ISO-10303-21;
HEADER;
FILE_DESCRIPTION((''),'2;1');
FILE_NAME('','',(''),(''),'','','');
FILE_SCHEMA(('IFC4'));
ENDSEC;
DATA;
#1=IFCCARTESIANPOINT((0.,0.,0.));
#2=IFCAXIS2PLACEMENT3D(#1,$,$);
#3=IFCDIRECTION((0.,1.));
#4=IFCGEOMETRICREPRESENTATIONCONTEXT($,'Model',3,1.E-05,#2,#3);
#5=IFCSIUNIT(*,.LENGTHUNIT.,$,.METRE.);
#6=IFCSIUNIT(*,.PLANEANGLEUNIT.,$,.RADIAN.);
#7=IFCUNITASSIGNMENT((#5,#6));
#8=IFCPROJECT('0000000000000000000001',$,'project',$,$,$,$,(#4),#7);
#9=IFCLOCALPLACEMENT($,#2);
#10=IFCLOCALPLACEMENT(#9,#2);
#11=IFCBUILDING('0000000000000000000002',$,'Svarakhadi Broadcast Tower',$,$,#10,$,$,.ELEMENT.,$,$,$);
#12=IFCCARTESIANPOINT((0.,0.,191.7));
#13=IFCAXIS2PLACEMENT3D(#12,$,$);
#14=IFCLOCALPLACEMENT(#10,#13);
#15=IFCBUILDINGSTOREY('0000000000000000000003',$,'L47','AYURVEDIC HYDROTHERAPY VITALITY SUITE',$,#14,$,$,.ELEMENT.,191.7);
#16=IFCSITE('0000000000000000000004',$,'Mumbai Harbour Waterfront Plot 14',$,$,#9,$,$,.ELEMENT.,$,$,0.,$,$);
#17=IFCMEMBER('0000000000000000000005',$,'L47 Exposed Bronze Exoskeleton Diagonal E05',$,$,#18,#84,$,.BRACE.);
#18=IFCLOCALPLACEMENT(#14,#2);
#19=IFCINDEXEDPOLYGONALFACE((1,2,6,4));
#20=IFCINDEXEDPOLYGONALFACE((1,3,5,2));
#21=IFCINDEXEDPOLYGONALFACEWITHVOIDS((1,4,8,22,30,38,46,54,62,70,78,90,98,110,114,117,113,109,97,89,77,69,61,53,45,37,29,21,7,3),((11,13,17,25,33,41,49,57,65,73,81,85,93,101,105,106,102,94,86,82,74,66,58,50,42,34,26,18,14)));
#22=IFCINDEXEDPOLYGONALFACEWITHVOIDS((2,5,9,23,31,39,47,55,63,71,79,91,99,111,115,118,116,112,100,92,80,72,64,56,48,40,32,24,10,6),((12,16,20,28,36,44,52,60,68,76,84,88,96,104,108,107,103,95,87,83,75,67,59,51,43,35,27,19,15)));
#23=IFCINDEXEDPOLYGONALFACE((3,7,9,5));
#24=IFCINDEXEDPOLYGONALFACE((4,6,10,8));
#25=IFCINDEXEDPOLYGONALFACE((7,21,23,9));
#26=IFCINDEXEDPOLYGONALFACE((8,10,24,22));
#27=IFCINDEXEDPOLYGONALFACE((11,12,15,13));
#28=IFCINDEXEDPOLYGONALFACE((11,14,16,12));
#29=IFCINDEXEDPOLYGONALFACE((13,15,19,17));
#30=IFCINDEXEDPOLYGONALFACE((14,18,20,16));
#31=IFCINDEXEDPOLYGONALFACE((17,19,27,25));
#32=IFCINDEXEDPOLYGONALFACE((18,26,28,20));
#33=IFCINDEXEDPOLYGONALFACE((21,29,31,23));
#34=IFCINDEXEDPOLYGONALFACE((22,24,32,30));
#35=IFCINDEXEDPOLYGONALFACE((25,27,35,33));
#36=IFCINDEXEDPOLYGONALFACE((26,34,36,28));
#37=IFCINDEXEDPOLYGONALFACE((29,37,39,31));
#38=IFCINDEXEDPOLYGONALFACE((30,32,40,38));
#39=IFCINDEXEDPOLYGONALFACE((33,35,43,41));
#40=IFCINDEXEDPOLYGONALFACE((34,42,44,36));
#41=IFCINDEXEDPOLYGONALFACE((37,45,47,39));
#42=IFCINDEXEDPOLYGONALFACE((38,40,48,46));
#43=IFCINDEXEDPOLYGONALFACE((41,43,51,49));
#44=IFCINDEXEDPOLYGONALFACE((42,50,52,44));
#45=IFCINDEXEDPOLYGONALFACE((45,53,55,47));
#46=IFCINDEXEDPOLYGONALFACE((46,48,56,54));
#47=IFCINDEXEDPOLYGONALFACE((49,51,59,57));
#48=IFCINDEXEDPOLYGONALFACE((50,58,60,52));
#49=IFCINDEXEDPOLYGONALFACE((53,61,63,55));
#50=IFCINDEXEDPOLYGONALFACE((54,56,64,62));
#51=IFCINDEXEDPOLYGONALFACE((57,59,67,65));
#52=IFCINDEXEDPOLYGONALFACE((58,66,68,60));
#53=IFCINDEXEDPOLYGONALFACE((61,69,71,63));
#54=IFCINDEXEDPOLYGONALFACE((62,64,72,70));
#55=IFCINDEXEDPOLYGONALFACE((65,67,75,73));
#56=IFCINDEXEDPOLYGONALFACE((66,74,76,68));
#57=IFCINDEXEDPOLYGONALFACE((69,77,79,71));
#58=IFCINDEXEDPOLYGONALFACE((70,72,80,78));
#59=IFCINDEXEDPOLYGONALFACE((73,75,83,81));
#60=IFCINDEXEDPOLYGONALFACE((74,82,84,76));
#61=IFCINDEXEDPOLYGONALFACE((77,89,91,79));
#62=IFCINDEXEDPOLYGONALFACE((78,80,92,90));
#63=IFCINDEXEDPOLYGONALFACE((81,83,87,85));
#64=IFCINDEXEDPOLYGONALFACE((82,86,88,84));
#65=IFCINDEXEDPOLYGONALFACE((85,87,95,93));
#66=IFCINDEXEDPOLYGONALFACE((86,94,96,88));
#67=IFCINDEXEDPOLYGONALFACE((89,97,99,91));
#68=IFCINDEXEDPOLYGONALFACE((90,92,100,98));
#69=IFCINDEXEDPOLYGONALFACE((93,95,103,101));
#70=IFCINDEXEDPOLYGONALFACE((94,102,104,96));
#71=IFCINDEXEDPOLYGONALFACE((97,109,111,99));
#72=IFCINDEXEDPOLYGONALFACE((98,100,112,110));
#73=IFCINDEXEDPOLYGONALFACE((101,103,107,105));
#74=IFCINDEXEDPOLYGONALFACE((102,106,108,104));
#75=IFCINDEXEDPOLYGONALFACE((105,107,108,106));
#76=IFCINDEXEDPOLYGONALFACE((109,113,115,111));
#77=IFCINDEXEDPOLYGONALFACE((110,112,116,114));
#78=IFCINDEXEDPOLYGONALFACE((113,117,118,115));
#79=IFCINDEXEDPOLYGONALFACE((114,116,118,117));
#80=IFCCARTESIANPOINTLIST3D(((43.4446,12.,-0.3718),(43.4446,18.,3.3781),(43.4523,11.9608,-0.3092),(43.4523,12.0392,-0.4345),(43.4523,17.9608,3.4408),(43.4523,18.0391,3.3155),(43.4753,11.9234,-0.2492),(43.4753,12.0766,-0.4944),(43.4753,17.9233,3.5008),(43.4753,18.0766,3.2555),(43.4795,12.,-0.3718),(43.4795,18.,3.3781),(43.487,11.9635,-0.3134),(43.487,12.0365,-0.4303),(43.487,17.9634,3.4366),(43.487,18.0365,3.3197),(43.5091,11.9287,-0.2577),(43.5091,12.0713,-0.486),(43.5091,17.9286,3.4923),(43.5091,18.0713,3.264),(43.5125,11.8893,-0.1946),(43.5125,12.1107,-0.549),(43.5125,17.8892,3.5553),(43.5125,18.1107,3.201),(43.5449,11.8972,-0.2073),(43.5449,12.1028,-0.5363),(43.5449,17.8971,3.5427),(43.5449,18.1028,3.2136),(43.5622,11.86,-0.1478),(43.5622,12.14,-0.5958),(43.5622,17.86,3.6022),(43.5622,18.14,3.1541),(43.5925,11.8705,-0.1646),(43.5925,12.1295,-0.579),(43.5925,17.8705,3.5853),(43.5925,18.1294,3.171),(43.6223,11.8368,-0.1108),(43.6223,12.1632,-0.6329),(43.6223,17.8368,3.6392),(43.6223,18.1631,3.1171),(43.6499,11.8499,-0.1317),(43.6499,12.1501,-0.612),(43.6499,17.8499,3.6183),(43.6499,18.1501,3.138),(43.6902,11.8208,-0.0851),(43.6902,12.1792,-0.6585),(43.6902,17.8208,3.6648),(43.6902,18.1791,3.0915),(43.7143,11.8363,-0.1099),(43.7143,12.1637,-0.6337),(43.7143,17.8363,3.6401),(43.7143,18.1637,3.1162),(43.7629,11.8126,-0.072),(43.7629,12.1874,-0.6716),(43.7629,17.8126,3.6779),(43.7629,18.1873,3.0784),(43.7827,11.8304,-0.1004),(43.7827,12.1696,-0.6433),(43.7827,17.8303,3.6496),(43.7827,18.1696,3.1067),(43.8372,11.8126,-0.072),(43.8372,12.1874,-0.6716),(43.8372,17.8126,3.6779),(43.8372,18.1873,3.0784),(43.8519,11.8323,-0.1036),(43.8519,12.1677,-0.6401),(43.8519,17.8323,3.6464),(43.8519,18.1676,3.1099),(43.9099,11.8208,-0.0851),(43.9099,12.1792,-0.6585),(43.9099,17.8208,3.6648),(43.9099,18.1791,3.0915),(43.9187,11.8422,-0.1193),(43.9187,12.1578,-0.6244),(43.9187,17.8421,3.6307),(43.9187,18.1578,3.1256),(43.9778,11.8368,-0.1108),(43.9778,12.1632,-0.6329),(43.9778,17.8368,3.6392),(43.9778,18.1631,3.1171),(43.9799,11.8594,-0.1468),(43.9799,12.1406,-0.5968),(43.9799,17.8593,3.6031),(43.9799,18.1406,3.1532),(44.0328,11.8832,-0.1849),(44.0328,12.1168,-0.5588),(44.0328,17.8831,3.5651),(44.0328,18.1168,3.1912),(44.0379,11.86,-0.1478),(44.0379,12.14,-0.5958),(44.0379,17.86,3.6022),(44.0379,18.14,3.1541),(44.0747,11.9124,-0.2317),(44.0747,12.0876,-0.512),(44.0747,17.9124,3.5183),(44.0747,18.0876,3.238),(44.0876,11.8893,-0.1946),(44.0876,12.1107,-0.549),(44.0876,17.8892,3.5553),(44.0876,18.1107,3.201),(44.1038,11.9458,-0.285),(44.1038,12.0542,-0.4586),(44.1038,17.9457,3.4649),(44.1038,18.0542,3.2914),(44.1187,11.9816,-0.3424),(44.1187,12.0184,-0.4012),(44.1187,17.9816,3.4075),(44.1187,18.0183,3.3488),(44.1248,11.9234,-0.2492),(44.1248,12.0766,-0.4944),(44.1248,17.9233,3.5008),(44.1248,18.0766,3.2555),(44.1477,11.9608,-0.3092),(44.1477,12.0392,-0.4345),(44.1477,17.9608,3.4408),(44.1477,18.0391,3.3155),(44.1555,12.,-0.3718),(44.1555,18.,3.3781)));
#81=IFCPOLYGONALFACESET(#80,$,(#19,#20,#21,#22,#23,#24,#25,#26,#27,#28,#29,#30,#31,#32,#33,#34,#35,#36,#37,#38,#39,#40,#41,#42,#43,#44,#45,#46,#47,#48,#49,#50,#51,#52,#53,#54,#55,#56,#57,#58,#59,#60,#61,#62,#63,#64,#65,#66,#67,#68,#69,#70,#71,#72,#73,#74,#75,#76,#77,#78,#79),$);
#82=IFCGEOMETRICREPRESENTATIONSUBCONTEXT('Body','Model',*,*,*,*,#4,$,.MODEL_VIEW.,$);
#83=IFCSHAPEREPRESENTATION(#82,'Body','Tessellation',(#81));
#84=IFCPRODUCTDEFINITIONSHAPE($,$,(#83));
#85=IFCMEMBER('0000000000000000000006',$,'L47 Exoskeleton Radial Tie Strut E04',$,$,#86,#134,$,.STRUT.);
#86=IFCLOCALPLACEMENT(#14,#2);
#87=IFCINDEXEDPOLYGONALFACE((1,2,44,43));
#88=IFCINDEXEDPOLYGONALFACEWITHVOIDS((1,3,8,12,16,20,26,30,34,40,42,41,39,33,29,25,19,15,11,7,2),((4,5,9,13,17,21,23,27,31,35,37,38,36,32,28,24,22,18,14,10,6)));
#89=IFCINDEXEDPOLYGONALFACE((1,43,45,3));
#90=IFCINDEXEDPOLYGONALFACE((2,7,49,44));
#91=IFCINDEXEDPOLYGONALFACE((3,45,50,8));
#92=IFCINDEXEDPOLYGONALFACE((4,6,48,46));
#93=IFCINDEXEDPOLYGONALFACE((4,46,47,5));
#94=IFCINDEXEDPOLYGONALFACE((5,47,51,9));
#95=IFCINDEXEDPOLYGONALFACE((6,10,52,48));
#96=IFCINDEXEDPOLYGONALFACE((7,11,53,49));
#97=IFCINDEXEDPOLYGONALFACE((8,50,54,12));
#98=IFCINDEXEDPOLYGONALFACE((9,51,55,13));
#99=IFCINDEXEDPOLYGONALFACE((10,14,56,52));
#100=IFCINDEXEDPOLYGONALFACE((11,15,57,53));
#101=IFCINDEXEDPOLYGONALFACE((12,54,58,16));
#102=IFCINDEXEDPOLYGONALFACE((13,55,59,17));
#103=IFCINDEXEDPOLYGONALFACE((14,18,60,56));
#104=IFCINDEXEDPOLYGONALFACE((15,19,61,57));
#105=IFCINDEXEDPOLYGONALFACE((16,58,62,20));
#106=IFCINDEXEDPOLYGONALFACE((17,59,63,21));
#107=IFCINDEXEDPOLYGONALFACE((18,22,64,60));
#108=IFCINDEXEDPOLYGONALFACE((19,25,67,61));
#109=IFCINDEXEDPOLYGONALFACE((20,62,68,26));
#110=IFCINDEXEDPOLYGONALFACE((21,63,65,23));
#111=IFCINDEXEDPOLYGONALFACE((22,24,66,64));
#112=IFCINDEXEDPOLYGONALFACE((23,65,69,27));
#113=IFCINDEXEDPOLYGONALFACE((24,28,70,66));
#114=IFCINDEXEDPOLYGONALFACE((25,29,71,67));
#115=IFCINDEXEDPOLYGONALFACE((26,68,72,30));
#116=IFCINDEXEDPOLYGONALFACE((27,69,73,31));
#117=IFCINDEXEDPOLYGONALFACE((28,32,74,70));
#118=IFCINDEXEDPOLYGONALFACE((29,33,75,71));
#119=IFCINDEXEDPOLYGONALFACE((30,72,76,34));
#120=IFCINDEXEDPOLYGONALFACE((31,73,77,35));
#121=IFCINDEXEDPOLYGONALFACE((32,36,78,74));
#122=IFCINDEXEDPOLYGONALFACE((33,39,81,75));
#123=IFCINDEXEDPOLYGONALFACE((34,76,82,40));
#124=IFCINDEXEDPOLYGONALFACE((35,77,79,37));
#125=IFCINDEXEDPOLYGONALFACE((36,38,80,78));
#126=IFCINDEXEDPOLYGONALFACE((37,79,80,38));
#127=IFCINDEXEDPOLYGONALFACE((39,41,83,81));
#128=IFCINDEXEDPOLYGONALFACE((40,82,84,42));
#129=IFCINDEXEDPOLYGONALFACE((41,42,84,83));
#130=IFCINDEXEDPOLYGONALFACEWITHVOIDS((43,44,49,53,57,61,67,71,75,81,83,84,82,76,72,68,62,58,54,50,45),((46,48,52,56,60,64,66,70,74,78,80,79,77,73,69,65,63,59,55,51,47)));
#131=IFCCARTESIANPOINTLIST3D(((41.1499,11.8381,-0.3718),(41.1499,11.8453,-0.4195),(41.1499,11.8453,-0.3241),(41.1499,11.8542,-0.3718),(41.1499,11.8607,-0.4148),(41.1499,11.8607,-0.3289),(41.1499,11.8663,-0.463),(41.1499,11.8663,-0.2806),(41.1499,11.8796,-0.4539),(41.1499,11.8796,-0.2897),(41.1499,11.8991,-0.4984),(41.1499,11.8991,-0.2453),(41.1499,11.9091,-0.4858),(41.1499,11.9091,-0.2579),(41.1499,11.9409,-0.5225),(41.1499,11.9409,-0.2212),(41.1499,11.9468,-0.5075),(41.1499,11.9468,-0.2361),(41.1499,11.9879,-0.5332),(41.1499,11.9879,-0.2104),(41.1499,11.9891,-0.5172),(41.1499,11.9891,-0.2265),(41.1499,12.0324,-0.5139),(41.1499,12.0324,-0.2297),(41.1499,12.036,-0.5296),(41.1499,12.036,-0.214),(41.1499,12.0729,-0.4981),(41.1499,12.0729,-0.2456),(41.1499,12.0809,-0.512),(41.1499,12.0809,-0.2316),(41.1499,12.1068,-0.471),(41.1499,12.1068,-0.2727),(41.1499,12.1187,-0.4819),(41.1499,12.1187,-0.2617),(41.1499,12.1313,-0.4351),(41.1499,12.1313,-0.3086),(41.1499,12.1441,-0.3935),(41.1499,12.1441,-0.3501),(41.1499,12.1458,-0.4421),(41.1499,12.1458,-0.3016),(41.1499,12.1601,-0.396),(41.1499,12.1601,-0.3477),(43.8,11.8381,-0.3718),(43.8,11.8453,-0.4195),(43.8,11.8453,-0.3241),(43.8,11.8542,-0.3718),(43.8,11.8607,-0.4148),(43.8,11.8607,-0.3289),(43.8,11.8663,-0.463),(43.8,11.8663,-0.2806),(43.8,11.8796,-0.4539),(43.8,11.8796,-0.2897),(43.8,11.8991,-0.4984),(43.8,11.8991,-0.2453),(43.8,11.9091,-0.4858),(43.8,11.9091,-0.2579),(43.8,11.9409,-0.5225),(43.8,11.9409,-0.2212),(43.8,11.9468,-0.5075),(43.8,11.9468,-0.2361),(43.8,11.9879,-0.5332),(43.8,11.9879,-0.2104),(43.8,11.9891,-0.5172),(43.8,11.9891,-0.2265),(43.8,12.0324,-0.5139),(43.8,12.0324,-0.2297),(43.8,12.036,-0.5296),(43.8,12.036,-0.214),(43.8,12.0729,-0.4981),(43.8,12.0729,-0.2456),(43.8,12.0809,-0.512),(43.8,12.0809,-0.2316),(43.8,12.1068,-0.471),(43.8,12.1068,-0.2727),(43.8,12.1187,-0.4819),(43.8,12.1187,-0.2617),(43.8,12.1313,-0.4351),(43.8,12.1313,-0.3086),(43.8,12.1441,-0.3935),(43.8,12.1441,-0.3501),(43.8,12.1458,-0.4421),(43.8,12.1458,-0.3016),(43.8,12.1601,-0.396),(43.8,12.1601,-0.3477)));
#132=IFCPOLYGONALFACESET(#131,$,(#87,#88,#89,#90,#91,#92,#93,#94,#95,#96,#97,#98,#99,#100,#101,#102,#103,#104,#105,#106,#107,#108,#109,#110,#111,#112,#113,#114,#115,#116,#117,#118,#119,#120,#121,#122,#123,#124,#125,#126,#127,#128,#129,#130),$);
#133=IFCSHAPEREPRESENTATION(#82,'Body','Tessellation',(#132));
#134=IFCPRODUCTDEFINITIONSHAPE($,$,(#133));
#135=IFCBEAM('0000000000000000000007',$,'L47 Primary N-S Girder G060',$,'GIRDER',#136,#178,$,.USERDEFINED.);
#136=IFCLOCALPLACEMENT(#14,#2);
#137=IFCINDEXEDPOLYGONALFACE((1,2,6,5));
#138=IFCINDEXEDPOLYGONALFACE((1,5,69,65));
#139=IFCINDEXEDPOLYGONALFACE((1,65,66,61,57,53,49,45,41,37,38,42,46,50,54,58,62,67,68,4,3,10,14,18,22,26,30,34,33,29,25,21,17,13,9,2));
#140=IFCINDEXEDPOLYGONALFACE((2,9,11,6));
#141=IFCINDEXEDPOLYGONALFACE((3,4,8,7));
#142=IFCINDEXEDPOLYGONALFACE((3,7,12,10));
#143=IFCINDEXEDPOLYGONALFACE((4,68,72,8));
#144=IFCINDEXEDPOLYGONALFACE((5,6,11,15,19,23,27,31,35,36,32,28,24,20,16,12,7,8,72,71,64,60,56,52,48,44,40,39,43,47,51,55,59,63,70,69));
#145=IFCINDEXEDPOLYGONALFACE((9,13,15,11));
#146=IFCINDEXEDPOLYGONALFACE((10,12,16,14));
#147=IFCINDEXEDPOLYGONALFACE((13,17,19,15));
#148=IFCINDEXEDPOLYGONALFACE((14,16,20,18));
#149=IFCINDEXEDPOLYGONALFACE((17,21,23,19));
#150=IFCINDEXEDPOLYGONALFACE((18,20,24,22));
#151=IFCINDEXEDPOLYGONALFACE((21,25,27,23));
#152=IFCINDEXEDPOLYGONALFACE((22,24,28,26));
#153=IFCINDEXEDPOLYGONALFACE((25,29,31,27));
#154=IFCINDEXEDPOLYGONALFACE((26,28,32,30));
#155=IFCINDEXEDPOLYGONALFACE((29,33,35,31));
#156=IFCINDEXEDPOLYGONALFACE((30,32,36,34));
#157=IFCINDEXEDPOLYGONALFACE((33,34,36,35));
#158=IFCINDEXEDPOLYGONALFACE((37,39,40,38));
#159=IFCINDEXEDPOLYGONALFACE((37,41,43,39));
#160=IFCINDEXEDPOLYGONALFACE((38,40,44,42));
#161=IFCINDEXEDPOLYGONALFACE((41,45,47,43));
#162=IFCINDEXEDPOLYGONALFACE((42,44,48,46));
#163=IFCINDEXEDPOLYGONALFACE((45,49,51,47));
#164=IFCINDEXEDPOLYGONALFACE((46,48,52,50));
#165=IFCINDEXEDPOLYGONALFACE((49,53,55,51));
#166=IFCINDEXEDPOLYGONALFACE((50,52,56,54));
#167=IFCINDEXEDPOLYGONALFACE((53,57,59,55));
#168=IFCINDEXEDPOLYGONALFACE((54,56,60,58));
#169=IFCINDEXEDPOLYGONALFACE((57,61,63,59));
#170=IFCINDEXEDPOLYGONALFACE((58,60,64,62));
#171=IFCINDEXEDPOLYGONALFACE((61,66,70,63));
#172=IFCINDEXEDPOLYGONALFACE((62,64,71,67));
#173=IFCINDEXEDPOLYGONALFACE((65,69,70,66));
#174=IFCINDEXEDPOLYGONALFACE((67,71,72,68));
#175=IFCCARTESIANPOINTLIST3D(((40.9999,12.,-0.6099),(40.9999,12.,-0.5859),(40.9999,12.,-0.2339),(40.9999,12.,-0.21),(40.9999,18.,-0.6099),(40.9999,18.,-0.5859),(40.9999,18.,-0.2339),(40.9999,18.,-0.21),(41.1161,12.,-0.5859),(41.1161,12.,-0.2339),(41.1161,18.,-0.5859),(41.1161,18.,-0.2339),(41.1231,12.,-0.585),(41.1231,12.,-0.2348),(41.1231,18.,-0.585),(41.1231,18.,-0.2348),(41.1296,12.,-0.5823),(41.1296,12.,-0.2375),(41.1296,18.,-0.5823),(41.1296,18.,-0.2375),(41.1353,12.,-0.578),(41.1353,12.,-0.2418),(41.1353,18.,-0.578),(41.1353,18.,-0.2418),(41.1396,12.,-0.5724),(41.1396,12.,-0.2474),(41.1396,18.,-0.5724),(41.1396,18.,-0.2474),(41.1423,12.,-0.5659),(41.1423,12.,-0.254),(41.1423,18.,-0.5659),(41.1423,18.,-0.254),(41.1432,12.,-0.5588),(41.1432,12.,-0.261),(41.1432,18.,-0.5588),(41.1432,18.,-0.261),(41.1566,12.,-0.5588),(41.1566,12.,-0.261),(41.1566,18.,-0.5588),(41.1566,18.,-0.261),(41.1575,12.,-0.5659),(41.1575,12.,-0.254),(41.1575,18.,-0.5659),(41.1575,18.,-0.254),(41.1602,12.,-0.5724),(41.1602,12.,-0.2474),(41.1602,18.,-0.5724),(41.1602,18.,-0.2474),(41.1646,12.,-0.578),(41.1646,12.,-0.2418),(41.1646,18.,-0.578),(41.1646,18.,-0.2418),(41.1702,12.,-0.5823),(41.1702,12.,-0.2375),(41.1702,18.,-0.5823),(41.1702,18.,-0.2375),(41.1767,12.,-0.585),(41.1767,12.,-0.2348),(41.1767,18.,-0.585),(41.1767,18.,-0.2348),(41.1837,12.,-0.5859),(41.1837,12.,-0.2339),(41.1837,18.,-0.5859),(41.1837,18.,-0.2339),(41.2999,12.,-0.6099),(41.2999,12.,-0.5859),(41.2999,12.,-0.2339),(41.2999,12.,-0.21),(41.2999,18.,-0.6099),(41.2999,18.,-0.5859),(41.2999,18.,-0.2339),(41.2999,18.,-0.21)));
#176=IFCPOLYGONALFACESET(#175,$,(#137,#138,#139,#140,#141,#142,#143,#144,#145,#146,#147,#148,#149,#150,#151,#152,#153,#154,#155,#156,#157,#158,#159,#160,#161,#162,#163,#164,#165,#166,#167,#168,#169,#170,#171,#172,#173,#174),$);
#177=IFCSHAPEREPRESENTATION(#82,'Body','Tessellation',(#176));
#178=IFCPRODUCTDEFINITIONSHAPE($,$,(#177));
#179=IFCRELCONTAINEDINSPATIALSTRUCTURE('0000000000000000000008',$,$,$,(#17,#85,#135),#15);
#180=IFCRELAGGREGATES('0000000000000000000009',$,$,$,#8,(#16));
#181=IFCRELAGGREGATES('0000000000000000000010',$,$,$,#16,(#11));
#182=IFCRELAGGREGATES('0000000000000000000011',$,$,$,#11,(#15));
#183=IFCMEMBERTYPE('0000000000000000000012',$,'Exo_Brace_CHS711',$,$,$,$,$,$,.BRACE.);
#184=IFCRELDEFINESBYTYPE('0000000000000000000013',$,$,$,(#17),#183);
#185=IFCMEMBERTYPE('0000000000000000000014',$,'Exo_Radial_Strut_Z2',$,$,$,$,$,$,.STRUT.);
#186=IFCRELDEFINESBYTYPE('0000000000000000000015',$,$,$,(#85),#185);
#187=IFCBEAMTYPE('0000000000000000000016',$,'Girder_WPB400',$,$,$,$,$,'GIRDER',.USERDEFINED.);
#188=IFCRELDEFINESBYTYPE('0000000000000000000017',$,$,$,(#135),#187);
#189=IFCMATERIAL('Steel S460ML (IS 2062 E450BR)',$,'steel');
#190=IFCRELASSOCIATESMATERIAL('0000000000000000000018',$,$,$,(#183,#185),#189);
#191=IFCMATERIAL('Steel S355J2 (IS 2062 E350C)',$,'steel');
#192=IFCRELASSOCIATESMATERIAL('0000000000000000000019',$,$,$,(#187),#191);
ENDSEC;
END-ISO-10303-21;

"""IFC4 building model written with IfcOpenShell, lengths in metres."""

from ifc_helpers import new_model, si_unit, direction, frame, origin, origin_2d, place, context, subcontext, project, spatial, hollow_circle, i_section, extrude, material, material_profile, profile_set, type_object, element, save


model = new_model("IFC4")

# Units and contexts
model_context = context("Model", 3, precision=1e-05, world=origin(), true_north=direction((0.0, 1.0)))
body_context = subcontext(model_context, "Body", "Model", "MODEL_VIEW")
ifc_project = project(units=[si_unit("LENGTHUNIT", "METRE"), si_unit("PLANEANGLEUNIT", "RADIAN")], contexts=[model_context])

# Site, building, storey
site_placement = place(None, origin())
site = spatial("IfcSite", under=ifc_project, at=site_placement, Name="Mumbai Harbour Waterfront Plot 14", CompositionType="ELEMENT", RefElevation=0.0)
building_placement = place(site_placement, origin())
building = spatial("IfcBuilding", under=site, at=building_placement, Name="Svarakhadi Broadcast Tower", CompositionType="ELEMENT")
storey_placement = place(building_placement, frame((0.0, 0.0, 191.7)))
storey = spatial("IfcBuildingStorey", under=building, at=storey_placement, Name="L47", Description="AYURVEDIC HYDROTHERAPY VITALITY SUITE", CompositionType="ELEMENT", Elevation=191.7)

# Shared definitions
ifc_material_1 = material(Name="Steel S460ML (IS 2062 E450BR)", Category="steel")

# Members
ifc_material_profile_1 = material_profile(ifc_material_1, hollow_circle(Radius=0.3555, WallThickness=0.0349, at=origin_2d()), Name="CHS 711x35")
ifc_profile_set_1 = profile_set([ifc_material_profile_1], Name="Steel S460ML (IS 2062 E450BR)")
member_type_1 = type_object("IfcMemberType", Name="Exo_Brace_CHS711", PredefinedType="BRACE", material=ifc_profile_set_1)
for number, where, z_axis, x_axis, name in (
    (1, (43.8, 12.0, -0.3718), (0.0, 0.847998, 0.529999), (-1.0, 0.0, 0.0), "L47 Exposed Bronze Exoskeleton Diagonal E05"),
):
    element("IfcMember", number, at=place(storey_placement, frame(where, z_axis=z_axis, x_axis=x_axis)), inside=storey, type_object=member_type_1, Name=name, PredefinedType="BRACE", context=body_context, shape_type="SweptSolid", body=[
        extrude(hollow_circle(Radius=0.3555, WallThickness=0.0349, at=origin_2d()), origin(), (0.0, 0.0, 1.0), 7.0754),
    ])
ifc_material_profile_2 = material_profile(ifc_material_1, hollow_circle(Radius=0.1619, WallThickness=0.0161, at=origin_2d()), Name="CHS 323.9x16")
ifc_profile_set_2 = profile_set([ifc_material_profile_2], Name="Steel S460ML (IS 2062 E450BR)")
member_type_2 = type_object("IfcMemberType", Name="Exo_Radial_Strut_Z2", PredefinedType="STRUT", material=ifc_profile_set_2)
member_1_placement = place(storey_placement, frame((43.8, 12.0, -0.3718), z_axis=(-1.0, 0.0, 0.0), x_axis=(0.0, -1.0, 0.0)))
element("IfcMember", 2, at=member_1_placement, inside=storey, type_object=member_type_2, Name="L47 Exoskeleton Radial Tie Strut E04", PredefinedType="STRUT", context=body_context, shape_type="SweptSolid", body=[
    extrude(hollow_circle(Radius=0.1619, WallThickness=0.0161, at=origin_2d()), origin(), (0.0, 0.0, 1.0), 2.6501),
])

# Beam
ifc_material_2 = material(Name="Steel S355J2 (IS 2062 E350C)", Category="steel")
ifc_material_profile_3 = material_profile(ifc_material_2, i_section(OverallWidth=0.3, OverallDepth=0.3999, WebThickness=0.0134, FlangeThickness=0.0239, FilletRadius=0.0271, at=origin_2d()), Name="WPB 400x300x155")
ifc_profile_set_3 = profile_set([ifc_material_profile_3], Name="Steel S355J2 (IS 2062 E350C)")
beam_type = type_object("IfcBeamType", Name="Girder_WPB400", ElementType="GIRDER", PredefinedType="USERDEFINED", material=ifc_profile_set_3)
beam_placement = place(storey_placement, frame((41.1499, 12.0, -0.4099), z_axis=(0.0, 1.0, 0.0), x_axis=(-1.0, 0.0, 0.0)))
element("IfcBeam", 3, at=beam_placement, inside=storey, type_object=beam_type, Name="L47 Primary N-S Girder G060", ObjectType="GIRDER", PredefinedType="USERDEFINED", context=body_context, shape_type="SweptSolid", body=[
    extrude(i_section(OverallWidth=0.3, OverallDepth=0.3999, WebThickness=0.0134, FlangeThickness=0.0239, FilletRadius=0.0271, at=origin_2d()), origin(), (0.0, 0.0, 1.0), 6.0),
])

save(model, "model.ifc")
